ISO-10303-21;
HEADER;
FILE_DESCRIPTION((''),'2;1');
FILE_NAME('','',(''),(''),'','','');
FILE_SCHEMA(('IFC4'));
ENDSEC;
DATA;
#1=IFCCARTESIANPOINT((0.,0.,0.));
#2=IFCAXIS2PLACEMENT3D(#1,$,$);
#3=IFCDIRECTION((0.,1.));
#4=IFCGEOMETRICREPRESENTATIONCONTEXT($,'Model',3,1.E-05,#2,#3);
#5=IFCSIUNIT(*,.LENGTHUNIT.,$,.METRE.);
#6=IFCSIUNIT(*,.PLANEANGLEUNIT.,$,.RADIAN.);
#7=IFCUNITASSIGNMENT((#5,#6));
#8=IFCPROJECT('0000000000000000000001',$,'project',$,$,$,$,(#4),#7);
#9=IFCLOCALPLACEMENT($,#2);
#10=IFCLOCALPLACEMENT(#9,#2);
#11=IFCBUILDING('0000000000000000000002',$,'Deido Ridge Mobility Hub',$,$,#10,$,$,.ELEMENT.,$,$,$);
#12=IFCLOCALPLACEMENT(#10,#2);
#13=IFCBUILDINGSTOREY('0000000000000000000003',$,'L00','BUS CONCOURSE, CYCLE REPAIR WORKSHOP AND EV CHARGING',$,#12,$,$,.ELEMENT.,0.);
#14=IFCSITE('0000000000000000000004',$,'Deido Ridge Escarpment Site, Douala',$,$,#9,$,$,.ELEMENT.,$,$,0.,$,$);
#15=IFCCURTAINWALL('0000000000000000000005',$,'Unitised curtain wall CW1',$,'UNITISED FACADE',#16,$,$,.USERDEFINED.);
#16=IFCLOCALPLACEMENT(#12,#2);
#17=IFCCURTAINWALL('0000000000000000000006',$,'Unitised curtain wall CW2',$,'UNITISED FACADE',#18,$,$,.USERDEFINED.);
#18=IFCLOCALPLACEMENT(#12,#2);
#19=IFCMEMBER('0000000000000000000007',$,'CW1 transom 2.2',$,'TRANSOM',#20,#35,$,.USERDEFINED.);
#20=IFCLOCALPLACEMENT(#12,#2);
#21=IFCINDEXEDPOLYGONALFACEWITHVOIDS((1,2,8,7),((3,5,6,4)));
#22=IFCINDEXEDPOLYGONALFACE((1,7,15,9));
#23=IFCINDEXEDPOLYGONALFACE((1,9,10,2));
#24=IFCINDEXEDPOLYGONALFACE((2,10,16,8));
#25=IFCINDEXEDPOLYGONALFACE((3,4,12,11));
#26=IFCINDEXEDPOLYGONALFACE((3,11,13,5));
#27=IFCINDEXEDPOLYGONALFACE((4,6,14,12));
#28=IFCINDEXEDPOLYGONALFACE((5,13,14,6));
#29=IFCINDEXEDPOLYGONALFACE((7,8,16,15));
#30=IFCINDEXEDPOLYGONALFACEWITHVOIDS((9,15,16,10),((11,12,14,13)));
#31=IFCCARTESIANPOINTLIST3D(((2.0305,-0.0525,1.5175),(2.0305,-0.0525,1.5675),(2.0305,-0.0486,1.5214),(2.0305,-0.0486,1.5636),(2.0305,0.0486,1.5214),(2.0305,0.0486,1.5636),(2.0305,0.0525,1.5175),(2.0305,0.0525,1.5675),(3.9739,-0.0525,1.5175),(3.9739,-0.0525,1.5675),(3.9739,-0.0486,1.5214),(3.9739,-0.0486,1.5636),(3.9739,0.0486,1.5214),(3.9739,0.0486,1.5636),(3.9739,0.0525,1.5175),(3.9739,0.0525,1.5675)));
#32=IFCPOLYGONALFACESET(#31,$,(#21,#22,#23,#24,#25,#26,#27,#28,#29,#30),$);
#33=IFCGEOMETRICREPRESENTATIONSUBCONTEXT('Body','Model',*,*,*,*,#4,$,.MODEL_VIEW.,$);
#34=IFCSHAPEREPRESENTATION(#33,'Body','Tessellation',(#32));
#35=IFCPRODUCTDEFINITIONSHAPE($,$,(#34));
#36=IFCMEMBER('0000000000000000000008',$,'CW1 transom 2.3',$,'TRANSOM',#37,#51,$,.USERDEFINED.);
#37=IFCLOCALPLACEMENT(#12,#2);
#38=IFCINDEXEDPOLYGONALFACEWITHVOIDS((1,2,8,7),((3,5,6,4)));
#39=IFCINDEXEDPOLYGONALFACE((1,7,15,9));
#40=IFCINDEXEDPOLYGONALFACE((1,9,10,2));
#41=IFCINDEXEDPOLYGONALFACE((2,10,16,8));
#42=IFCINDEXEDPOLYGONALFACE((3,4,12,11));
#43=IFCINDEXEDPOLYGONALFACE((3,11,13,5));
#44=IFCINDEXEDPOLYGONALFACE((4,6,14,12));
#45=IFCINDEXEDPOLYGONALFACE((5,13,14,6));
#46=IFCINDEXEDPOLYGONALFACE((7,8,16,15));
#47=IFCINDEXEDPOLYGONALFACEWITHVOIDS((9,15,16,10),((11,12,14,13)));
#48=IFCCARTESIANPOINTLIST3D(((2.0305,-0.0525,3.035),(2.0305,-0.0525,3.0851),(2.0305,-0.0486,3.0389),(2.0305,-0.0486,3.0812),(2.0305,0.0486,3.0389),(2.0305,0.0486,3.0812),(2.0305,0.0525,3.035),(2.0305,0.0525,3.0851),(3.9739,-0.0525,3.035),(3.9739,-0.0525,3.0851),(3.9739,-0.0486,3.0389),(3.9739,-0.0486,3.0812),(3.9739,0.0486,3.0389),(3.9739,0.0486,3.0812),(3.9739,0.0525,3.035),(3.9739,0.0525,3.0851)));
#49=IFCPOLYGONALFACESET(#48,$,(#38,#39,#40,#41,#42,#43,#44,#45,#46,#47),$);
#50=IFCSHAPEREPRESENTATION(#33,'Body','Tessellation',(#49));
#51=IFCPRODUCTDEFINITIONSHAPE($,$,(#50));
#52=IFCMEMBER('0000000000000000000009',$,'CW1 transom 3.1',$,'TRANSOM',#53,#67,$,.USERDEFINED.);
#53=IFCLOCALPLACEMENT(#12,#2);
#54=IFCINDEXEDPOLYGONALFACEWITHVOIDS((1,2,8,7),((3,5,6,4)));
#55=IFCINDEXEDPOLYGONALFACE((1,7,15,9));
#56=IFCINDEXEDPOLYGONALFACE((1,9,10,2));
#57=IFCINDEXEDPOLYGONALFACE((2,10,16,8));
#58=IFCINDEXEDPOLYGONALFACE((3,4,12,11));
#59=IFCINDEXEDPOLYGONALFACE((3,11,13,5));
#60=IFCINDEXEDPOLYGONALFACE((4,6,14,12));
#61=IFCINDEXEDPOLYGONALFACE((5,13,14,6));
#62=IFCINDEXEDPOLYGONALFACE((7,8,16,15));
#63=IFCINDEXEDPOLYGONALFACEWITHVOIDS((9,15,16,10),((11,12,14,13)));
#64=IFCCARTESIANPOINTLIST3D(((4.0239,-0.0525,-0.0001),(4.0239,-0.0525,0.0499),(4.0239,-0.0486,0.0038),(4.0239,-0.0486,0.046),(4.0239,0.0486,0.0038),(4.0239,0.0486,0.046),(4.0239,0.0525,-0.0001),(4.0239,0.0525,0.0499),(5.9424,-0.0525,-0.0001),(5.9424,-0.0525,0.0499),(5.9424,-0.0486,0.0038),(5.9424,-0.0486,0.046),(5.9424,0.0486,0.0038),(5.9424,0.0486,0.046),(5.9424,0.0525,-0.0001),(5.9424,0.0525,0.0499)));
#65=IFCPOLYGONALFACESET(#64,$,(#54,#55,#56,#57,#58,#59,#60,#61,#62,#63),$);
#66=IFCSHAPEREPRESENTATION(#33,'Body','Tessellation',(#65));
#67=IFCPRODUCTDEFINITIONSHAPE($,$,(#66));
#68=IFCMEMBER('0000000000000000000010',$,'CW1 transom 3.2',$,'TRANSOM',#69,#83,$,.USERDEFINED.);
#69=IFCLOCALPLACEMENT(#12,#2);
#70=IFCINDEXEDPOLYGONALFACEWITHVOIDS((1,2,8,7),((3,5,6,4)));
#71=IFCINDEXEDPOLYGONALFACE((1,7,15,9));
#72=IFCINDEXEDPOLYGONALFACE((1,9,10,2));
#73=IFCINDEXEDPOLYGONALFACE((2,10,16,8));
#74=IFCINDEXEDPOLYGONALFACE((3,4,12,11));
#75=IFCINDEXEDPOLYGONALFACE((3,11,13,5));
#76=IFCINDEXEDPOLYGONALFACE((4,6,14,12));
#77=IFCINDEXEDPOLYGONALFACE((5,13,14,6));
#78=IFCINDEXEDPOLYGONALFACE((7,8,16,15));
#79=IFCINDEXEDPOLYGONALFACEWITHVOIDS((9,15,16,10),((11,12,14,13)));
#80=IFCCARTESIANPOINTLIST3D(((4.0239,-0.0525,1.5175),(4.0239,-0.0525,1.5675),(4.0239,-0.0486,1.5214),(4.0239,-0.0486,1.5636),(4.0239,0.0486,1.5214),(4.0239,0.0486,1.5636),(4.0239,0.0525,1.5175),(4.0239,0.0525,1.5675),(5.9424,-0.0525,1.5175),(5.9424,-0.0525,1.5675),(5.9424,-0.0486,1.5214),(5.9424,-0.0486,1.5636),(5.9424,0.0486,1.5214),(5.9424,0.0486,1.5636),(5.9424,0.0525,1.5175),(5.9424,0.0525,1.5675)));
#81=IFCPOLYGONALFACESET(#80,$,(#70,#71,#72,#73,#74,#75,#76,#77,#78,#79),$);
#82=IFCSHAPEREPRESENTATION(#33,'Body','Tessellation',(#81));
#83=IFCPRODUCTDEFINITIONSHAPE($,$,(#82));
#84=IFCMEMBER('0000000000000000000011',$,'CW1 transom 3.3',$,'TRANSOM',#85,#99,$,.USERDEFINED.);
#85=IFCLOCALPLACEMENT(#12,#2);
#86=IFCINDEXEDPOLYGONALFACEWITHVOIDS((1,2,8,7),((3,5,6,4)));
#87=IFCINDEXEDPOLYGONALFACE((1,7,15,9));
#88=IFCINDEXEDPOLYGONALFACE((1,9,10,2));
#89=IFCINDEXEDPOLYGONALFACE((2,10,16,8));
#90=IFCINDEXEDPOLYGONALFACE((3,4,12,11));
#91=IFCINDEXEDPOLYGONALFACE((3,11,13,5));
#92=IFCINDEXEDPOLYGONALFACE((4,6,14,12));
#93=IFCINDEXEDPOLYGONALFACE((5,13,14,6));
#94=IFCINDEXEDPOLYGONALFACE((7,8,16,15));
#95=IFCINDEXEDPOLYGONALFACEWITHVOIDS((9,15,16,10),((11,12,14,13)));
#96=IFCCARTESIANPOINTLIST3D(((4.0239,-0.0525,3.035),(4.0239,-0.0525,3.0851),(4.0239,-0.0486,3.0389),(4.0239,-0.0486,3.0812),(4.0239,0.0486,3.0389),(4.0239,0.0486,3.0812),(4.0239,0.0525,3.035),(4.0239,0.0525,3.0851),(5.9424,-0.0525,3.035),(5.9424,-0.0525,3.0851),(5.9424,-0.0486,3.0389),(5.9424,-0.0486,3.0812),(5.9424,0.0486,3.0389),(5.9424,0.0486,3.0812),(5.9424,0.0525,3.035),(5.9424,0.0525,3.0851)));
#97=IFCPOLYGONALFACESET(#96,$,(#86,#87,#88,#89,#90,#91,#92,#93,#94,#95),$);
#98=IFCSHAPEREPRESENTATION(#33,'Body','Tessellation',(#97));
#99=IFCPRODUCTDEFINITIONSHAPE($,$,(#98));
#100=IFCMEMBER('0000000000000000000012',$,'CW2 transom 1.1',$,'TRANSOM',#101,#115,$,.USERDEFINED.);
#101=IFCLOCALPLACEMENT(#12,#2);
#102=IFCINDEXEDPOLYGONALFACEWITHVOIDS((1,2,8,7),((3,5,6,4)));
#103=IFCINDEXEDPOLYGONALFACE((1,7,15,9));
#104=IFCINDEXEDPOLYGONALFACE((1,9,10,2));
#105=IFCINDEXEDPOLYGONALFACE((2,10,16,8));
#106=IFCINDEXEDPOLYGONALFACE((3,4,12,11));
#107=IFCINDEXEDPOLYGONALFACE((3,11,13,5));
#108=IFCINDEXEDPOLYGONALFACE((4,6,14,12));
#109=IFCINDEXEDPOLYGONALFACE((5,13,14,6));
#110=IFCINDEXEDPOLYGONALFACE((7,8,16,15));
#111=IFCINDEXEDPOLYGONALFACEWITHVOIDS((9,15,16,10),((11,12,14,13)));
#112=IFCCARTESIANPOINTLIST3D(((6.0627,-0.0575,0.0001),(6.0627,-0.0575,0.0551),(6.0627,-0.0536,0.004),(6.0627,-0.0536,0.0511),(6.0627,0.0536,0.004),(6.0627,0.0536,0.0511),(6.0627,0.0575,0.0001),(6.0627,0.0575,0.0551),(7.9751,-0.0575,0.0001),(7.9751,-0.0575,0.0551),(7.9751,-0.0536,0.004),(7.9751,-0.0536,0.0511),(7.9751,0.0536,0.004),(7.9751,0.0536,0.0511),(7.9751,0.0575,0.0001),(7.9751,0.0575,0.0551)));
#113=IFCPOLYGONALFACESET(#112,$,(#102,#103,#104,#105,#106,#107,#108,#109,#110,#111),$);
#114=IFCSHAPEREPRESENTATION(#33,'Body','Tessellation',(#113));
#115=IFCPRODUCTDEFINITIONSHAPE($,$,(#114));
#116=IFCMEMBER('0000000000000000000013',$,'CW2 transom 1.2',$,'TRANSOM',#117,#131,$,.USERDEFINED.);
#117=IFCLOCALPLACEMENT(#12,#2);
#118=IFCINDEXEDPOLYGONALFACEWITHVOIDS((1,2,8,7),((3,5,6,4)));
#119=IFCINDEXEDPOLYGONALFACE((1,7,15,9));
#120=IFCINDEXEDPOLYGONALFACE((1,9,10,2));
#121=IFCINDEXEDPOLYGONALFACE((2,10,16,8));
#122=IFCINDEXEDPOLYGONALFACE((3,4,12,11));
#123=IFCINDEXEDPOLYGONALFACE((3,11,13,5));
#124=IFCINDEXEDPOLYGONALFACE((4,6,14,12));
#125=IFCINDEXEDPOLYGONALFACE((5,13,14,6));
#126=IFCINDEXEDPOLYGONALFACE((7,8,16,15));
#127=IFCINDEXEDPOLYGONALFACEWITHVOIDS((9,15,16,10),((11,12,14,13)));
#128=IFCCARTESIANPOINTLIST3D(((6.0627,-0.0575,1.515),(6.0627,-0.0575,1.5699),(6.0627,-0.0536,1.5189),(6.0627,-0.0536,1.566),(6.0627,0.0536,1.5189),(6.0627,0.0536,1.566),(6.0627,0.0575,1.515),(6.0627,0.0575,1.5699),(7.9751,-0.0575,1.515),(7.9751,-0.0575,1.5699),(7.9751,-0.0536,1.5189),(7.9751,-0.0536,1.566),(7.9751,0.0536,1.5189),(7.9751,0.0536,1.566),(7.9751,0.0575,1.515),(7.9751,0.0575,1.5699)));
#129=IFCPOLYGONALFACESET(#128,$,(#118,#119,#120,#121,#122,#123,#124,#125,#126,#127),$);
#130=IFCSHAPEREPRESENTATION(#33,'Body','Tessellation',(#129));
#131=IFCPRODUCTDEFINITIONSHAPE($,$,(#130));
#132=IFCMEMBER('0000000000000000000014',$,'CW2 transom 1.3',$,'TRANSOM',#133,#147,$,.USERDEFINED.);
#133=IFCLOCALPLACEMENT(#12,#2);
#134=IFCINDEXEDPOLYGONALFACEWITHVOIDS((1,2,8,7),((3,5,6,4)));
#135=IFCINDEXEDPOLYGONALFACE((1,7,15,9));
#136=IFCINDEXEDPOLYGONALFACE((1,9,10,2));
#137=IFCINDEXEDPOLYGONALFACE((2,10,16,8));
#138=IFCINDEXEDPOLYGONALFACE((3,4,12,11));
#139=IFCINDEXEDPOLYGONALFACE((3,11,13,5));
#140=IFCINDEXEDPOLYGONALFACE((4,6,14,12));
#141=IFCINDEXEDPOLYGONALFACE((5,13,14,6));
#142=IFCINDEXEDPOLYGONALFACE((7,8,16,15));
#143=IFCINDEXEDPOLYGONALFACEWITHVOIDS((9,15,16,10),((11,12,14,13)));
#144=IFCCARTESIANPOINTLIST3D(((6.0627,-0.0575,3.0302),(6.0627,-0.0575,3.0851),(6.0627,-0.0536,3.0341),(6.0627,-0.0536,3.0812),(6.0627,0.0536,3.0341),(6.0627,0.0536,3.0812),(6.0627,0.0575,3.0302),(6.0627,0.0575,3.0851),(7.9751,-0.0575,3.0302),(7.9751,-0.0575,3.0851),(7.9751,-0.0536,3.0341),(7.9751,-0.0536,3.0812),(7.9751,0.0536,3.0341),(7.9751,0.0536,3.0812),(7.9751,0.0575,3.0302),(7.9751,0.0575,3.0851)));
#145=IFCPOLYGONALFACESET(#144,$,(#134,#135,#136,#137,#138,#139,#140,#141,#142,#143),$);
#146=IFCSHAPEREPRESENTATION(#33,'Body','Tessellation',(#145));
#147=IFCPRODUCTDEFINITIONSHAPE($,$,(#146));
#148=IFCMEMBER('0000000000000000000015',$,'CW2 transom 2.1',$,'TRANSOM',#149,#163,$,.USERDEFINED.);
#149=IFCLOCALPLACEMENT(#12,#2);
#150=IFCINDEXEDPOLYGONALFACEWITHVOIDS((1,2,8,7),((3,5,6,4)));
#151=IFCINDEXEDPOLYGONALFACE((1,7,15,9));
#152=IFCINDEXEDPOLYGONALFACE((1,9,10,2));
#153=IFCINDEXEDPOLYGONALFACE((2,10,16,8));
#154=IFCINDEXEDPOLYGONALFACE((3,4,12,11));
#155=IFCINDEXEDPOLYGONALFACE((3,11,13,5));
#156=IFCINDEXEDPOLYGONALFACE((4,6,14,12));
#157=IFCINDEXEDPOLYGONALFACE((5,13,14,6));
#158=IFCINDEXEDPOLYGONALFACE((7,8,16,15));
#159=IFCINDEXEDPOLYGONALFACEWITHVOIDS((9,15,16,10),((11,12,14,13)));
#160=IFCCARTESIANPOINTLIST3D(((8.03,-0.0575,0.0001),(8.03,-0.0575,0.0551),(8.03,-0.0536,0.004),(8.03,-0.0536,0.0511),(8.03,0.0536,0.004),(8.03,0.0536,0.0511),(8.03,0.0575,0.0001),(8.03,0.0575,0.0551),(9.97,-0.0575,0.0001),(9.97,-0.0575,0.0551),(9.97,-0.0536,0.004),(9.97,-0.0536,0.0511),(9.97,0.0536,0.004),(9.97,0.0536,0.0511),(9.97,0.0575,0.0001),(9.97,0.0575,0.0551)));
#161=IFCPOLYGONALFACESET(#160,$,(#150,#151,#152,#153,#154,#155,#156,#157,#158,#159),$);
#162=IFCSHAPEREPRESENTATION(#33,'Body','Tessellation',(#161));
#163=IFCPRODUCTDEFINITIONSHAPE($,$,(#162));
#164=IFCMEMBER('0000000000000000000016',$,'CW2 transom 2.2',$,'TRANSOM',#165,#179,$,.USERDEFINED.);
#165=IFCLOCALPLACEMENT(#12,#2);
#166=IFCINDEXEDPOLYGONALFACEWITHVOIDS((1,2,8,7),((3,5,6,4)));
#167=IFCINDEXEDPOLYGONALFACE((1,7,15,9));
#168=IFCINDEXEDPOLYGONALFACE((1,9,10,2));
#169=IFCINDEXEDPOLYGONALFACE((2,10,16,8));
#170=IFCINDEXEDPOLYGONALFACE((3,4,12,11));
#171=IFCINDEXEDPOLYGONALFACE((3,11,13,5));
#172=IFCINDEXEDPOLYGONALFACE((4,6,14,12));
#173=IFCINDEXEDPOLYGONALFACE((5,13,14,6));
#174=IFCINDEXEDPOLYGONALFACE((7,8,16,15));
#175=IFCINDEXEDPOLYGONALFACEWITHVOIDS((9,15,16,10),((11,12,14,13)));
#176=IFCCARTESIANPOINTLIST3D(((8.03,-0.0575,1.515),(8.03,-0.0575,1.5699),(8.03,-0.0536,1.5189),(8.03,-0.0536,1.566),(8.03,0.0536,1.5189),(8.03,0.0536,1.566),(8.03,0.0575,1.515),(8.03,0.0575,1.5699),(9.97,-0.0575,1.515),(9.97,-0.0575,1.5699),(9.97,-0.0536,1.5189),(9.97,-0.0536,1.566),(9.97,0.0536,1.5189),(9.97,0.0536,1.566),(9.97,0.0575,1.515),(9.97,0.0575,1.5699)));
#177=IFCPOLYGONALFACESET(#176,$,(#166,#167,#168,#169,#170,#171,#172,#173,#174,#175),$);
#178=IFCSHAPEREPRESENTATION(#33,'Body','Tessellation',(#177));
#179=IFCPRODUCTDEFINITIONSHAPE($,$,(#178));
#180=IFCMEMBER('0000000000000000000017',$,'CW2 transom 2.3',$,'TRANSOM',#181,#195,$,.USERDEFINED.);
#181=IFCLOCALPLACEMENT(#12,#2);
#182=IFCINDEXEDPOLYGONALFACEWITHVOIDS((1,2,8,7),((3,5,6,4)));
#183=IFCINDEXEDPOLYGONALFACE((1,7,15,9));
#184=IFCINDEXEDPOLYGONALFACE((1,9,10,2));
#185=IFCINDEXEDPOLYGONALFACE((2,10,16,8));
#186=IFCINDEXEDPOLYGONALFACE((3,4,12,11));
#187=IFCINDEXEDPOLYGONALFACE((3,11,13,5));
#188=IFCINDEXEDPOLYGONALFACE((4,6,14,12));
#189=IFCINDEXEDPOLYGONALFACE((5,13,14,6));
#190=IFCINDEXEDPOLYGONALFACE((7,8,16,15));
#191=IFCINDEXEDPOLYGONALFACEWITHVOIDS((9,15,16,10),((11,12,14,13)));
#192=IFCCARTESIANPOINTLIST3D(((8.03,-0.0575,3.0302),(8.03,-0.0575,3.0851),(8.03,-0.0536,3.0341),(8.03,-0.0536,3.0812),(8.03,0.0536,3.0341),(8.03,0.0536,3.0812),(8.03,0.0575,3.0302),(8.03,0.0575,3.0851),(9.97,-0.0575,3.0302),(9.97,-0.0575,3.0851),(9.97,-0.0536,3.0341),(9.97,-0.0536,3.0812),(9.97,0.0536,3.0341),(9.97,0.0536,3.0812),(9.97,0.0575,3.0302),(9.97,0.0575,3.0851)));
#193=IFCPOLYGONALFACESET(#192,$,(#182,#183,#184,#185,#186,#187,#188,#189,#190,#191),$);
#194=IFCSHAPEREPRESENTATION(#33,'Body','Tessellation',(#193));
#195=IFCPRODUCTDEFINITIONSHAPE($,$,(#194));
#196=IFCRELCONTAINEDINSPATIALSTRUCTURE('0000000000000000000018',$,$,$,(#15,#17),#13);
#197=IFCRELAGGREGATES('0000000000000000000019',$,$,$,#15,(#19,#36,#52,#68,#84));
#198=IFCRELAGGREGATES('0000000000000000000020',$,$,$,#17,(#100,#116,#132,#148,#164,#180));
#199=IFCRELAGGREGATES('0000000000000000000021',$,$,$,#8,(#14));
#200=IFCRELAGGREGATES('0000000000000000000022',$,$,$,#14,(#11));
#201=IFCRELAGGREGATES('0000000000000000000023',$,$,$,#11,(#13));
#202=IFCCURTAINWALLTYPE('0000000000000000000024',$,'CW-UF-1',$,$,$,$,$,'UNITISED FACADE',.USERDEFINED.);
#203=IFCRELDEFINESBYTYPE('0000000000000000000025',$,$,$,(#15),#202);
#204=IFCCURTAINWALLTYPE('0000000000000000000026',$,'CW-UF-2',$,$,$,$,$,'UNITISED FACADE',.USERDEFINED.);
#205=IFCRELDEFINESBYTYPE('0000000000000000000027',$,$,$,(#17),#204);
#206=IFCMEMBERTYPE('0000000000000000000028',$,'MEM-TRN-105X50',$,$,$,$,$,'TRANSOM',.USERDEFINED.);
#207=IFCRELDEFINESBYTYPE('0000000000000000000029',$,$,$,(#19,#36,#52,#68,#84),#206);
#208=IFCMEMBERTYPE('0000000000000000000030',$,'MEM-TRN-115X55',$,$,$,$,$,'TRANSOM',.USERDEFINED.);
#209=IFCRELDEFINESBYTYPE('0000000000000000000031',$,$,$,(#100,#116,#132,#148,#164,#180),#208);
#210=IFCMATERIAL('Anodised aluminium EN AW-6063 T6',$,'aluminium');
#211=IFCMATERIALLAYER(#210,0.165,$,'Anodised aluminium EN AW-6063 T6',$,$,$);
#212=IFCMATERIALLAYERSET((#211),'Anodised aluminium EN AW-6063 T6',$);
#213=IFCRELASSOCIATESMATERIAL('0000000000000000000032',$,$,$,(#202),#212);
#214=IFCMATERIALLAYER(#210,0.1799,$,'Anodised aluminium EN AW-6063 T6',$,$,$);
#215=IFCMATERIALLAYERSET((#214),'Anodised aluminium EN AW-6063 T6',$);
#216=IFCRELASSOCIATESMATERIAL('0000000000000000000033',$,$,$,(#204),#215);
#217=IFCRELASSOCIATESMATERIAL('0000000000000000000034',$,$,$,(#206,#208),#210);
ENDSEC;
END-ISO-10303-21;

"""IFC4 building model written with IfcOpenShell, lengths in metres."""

from ifc_helpers import new_model, si_unit, direction, frame, origin, origin_2d, place, context, subcontext, project, spatial, hollow_rectangle, extrude, material, layer, layer_set, material_profile, profile_set, type_object, element, aggregate, save


model = new_model("IFC4")

# Units and contexts
model_context = context("Model", 3, precision=1e-05, world=origin(), true_north=direction((0.0, 1.0)))
body_context = subcontext(model_context, "Body", "Model", "MODEL_VIEW")
ifc_project = project(units=[si_unit("LENGTHUNIT", "METRE"), si_unit("PLANEANGLEUNIT", "RADIAN")], contexts=[model_context])

# Site, building, storey
site_placement = place(None, origin())
site = spatial("IfcSite", under=ifc_project, at=site_placement, Name="Deido Ridge Escarpment Site, Douala", CompositionType="ELEMENT", RefElevation=0.0)
building_placement = place(site_placement, origin())
building = spatial("IfcBuilding", under=site, at=building_placement, Name="Deido Ridge Mobility Hub", CompositionType="ELEMENT")
storey_placement = place(building_placement, origin())
storey = spatial("IfcBuildingStorey", under=building, at=storey_placement, Name="L00", Description="BUS CONCOURSE, CYCLE REPAIR WORKSHOP AND EV CHARGING", CompositionType="ELEMENT", Elevation=0.0)

# Curtain walls
ifc_material_1 = material(Name="Anodised aluminium EN AW-6063 T6", Category="aluminium")
ifc_layer_1 = layer(ifc_material_1, 0.165, Name="Anodised aluminium EN AW-6063 T6")
ifc_layer_set_1 = layer_set([ifc_layer_1], Name="Anodised aluminium EN AW-6063 T6")
curtain_wall_type_1 = type_object("IfcCurtainWallType", Name="CW-UF-1", ElementType="UNITISED FACADE", PredefinedType="USERDEFINED", material=ifc_layer_set_1)
curtain_wall_1_placement = place(storey_placement, origin())
curtain_wall_1 = element("IfcCurtainWall", 1, at=curtain_wall_1_placement, inside=storey, type_object=curtain_wall_type_1, Name="Unitised curtain wall CW1", ObjectType="UNITISED FACADE", PredefinedType="USERDEFINED")
ifc_layer_2 = layer(ifc_material_1, 0.1799, Name="Anodised aluminium EN AW-6063 T6")
ifc_layer_set_2 = layer_set([ifc_layer_2], Name="Anodised aluminium EN AW-6063 T6")
curtain_wall_type_2 = type_object("IfcCurtainWallType", Name="CW-UF-2", ElementType="UNITISED FACADE", PredefinedType="USERDEFINED", material=ifc_layer_set_2)
curtain_wall_2_placement = place(storey_placement, origin())
curtain_wall_2 = element("IfcCurtainWall", 2, at=curtain_wall_2_placement, inside=storey, type_object=curtain_wall_type_2, Name="Unitised curtain wall CW2", ObjectType="UNITISED FACADE", PredefinedType="USERDEFINED")

# Members
ifc_material_profile_1 = material_profile(ifc_material_1, hollow_rectangle(XDim=0.105, YDim=0.05, WallThickness=0.0039, at=origin_2d()), Name="RHS 105x50x4")
ifc_profile_set_1 = profile_set([ifc_material_profile_1], Name="Anodised aluminium EN AW-6063 T6")
member_type_1 = type_object("IfcMemberType", Name="MEM-TRN-105X50", ElementType="TRANSOM", PredefinedType="USERDEFINED", material=ifc_profile_set_1)
member_1_placement = place(storey_placement, frame((2.0305, 0.0, 1.5425), z_axis=(1.0, 0.0, 0.0), x_axis=(0.0, 1.0, 0.0)))
member_1 = element("IfcMember", 3, at=member_1_placement, type_object=member_type_1, Name="CW1 transom 2.2", ObjectType="TRANSOM", PredefinedType="USERDEFINED", context=body_context, shape_type="SweptSolid", body=[
    extrude(hollow_rectangle(XDim=0.105, YDim=0.05, WallThickness=0.0039, at=origin_2d()), origin(), (0.0, 0.0, 1.0), 1.9434),
])
member_2_placement = place(storey_placement, frame((2.0305, 0.0, 3.0601), z_axis=(1.0, 0.0, 0.0), x_axis=(0.0, 1.0, 0.0)))
member_2 = element("IfcMember", 4, at=member_2_placement, type_object=member_type_1, Name="CW1 transom 2.3", ObjectType="TRANSOM", PredefinedType="USERDEFINED", context=body_context, shape_type="SweptSolid", body=[
    extrude(hollow_rectangle(XDim=0.105, YDim=0.05, WallThickness=0.0039, at=origin_2d()), origin(), (0.0, 0.0, 1.0), 1.9434),
])
member_3_placement = place(storey_placement, frame((4.0239, 0.0, 0.0249), z_axis=(1.0, 0.0, 0.0), x_axis=(0.0, 1.0, 0.0)))
member_3 = element("IfcMember", 5, at=member_3_placement, type_object=member_type_1, Name="CW1 transom 3.1", ObjectType="TRANSOM", PredefinedType="USERDEFINED", context=body_context, shape_type="SweptSolid", body=[
    extrude(hollow_rectangle(XDim=0.105, YDim=0.05, WallThickness=0.0039, at=origin_2d()), origin(), (0.0, 0.0, 1.0), 1.9185),
])
member_4_placement = place(storey_placement, frame((4.0239, 0.0, 1.5425), z_axis=(1.0, 0.0, 0.0), x_axis=(0.0, 1.0, 0.0)))
member_4 = element("IfcMember", 6, at=member_4_placement, type_object=member_type_1, Name="CW1 transom 3.2", ObjectType="TRANSOM", PredefinedType="USERDEFINED", context=body_context, shape_type="SweptSolid", body=[
    extrude(hollow_rectangle(XDim=0.105, YDim=0.05, WallThickness=0.0039, at=origin_2d()), origin(), (0.0, 0.0, 1.0), 1.9185),
])
member_5_placement = place(storey_placement, frame((4.0239, 0.0, 3.0601), z_axis=(1.0, 0.0, 0.0), x_axis=(0.0, 1.0, 0.0)))
member_5 = element("IfcMember", 7, at=member_5_placement, type_object=member_type_1, Name="CW1 transom 3.3", ObjectType="TRANSOM", PredefinedType="USERDEFINED", context=body_context, shape_type="SweptSolid", body=[
    extrude(hollow_rectangle(XDim=0.105, YDim=0.05, WallThickness=0.0039, at=origin_2d()), origin(), (0.0, 0.0, 1.0), 1.9185),
])
ifc_material_profile_2 = material_profile(ifc_material_1, hollow_rectangle(XDim=0.115, YDim=0.0549, WallThickness=0.0039, at=origin_2d()), Name="RHS 115x55x4")
ifc_profile_set_2 = profile_set([ifc_material_profile_2], Name="Anodised aluminium EN AW-6063 T6")
member_type_2 = type_object("IfcMemberType", Name="MEM-TRN-115X55", ElementType="TRANSOM", PredefinedType="USERDEFINED", material=ifc_profile_set_2)
member_6_placement = place(storey_placement, frame((6.0627, 0.0, 0.0276), z_axis=(1.0, 0.0, 0.0), x_axis=(0.0, 1.0, 0.0)))
member_6 = element("IfcMember", 8, at=member_6_placement, type_object=member_type_2, Name="CW2 transom 1.1", ObjectType="TRANSOM", PredefinedType="USERDEFINED", context=body_context, shape_type="SweptSolid", body=[
    extrude(hollow_rectangle(XDim=0.115, YDim=0.0549, WallThickness=0.0039, at=origin_2d()), origin(), (0.0, 0.0, 1.0), 1.9124),
])
member_7_placement = place(storey_placement, frame((6.0627, 0.0, 1.5425), z_axis=(1.0, 0.0, 0.0), x_axis=(0.0, 1.0, 0.0)))
member_7 = element("IfcMember", 9, at=member_7_placement, type_object=member_type_2, Name="CW2 transom 1.2", ObjectType="TRANSOM", PredefinedType="USERDEFINED", context=body_context, shape_type="SweptSolid", body=[
    extrude(hollow_rectangle(XDim=0.115, YDim=0.0549, WallThickness=0.0039, at=origin_2d()), origin(), (0.0, 0.0, 1.0), 1.9124),
])
member_8_placement = place(storey_placement, frame((6.0627, 0.0, 3.0576), z_axis=(1.0, 0.0, 0.0), x_axis=(0.0, 1.0, 0.0)))
member_8 = element("IfcMember", 10, at=member_8_placement, type_object=member_type_2, Name="CW2 transom 1.3", ObjectType="TRANSOM", PredefinedType="USERDEFINED", context=body_context, shape_type="SweptSolid", body=[
    extrude(hollow_rectangle(XDim=0.115, YDim=0.0549, WallThickness=0.0039, at=origin_2d()), origin(), (0.0, 0.0, 1.0), 1.9124),
])
member_9_placement = place(storey_placement, frame((8.03, 0.0, 0.0276), z_axis=(1.0, 0.0, 0.0), x_axis=(0.0, 1.0, 0.0)))
member_9 = element("IfcMember", 11, at=member_9_placement, type_object=member_type_2, Name="CW2 transom 2.1", ObjectType="TRANSOM", PredefinedType="USERDEFINED", context=body_context, shape_type="SweptSolid", body=[
    extrude(hollow_rectangle(XDim=0.115, YDim=0.0549, WallThickness=0.0039, at=origin_2d()), origin(), (0.0, 0.0, 1.0), 1.9399),
])
member_10_placement = place(storey_placement, frame((8.03, 0.0, 1.5425), z_axis=(1.0, 0.0, 0.0), x_axis=(0.0, 1.0, 0.0)))
member_10 = element("IfcMember", 12, at=member_10_placement, type_object=member_type_2, Name="CW2 transom 2.2", ObjectType="TRANSOM", PredefinedType="USERDEFINED", context=body_context, shape_type="SweptSolid", body=[
    extrude(hollow_rectangle(XDim=0.115, YDim=0.0549, WallThickness=0.0039, at=origin_2d()), origin(), (0.0, 0.0, 1.0), 1.9399),
])
member_11_placement = place(storey_placement, frame((8.03, 0.0, 3.0576), z_axis=(1.0, 0.0, 0.0), x_axis=(0.0, 1.0, 0.0)))
member_11 = element("IfcMember", 13, at=member_11_placement, type_object=member_type_2, Name="CW2 transom 2.3", ObjectType="TRANSOM", PredefinedType="USERDEFINED", context=body_context, shape_type="SweptSolid", body=[
    extrude(hollow_rectangle(XDim=0.115, YDim=0.0549, WallThickness=0.0039, at=origin_2d()), origin(), (0.0, 0.0, 1.0), 1.9399),
])

aggregate(curtain_wall_1, [member_1, member_2, member_3, member_4, member_5])
aggregate(curtain_wall_2, [member_6, member_7, member_8, member_9, member_10, member_11])

save(model, "model.ifc")
